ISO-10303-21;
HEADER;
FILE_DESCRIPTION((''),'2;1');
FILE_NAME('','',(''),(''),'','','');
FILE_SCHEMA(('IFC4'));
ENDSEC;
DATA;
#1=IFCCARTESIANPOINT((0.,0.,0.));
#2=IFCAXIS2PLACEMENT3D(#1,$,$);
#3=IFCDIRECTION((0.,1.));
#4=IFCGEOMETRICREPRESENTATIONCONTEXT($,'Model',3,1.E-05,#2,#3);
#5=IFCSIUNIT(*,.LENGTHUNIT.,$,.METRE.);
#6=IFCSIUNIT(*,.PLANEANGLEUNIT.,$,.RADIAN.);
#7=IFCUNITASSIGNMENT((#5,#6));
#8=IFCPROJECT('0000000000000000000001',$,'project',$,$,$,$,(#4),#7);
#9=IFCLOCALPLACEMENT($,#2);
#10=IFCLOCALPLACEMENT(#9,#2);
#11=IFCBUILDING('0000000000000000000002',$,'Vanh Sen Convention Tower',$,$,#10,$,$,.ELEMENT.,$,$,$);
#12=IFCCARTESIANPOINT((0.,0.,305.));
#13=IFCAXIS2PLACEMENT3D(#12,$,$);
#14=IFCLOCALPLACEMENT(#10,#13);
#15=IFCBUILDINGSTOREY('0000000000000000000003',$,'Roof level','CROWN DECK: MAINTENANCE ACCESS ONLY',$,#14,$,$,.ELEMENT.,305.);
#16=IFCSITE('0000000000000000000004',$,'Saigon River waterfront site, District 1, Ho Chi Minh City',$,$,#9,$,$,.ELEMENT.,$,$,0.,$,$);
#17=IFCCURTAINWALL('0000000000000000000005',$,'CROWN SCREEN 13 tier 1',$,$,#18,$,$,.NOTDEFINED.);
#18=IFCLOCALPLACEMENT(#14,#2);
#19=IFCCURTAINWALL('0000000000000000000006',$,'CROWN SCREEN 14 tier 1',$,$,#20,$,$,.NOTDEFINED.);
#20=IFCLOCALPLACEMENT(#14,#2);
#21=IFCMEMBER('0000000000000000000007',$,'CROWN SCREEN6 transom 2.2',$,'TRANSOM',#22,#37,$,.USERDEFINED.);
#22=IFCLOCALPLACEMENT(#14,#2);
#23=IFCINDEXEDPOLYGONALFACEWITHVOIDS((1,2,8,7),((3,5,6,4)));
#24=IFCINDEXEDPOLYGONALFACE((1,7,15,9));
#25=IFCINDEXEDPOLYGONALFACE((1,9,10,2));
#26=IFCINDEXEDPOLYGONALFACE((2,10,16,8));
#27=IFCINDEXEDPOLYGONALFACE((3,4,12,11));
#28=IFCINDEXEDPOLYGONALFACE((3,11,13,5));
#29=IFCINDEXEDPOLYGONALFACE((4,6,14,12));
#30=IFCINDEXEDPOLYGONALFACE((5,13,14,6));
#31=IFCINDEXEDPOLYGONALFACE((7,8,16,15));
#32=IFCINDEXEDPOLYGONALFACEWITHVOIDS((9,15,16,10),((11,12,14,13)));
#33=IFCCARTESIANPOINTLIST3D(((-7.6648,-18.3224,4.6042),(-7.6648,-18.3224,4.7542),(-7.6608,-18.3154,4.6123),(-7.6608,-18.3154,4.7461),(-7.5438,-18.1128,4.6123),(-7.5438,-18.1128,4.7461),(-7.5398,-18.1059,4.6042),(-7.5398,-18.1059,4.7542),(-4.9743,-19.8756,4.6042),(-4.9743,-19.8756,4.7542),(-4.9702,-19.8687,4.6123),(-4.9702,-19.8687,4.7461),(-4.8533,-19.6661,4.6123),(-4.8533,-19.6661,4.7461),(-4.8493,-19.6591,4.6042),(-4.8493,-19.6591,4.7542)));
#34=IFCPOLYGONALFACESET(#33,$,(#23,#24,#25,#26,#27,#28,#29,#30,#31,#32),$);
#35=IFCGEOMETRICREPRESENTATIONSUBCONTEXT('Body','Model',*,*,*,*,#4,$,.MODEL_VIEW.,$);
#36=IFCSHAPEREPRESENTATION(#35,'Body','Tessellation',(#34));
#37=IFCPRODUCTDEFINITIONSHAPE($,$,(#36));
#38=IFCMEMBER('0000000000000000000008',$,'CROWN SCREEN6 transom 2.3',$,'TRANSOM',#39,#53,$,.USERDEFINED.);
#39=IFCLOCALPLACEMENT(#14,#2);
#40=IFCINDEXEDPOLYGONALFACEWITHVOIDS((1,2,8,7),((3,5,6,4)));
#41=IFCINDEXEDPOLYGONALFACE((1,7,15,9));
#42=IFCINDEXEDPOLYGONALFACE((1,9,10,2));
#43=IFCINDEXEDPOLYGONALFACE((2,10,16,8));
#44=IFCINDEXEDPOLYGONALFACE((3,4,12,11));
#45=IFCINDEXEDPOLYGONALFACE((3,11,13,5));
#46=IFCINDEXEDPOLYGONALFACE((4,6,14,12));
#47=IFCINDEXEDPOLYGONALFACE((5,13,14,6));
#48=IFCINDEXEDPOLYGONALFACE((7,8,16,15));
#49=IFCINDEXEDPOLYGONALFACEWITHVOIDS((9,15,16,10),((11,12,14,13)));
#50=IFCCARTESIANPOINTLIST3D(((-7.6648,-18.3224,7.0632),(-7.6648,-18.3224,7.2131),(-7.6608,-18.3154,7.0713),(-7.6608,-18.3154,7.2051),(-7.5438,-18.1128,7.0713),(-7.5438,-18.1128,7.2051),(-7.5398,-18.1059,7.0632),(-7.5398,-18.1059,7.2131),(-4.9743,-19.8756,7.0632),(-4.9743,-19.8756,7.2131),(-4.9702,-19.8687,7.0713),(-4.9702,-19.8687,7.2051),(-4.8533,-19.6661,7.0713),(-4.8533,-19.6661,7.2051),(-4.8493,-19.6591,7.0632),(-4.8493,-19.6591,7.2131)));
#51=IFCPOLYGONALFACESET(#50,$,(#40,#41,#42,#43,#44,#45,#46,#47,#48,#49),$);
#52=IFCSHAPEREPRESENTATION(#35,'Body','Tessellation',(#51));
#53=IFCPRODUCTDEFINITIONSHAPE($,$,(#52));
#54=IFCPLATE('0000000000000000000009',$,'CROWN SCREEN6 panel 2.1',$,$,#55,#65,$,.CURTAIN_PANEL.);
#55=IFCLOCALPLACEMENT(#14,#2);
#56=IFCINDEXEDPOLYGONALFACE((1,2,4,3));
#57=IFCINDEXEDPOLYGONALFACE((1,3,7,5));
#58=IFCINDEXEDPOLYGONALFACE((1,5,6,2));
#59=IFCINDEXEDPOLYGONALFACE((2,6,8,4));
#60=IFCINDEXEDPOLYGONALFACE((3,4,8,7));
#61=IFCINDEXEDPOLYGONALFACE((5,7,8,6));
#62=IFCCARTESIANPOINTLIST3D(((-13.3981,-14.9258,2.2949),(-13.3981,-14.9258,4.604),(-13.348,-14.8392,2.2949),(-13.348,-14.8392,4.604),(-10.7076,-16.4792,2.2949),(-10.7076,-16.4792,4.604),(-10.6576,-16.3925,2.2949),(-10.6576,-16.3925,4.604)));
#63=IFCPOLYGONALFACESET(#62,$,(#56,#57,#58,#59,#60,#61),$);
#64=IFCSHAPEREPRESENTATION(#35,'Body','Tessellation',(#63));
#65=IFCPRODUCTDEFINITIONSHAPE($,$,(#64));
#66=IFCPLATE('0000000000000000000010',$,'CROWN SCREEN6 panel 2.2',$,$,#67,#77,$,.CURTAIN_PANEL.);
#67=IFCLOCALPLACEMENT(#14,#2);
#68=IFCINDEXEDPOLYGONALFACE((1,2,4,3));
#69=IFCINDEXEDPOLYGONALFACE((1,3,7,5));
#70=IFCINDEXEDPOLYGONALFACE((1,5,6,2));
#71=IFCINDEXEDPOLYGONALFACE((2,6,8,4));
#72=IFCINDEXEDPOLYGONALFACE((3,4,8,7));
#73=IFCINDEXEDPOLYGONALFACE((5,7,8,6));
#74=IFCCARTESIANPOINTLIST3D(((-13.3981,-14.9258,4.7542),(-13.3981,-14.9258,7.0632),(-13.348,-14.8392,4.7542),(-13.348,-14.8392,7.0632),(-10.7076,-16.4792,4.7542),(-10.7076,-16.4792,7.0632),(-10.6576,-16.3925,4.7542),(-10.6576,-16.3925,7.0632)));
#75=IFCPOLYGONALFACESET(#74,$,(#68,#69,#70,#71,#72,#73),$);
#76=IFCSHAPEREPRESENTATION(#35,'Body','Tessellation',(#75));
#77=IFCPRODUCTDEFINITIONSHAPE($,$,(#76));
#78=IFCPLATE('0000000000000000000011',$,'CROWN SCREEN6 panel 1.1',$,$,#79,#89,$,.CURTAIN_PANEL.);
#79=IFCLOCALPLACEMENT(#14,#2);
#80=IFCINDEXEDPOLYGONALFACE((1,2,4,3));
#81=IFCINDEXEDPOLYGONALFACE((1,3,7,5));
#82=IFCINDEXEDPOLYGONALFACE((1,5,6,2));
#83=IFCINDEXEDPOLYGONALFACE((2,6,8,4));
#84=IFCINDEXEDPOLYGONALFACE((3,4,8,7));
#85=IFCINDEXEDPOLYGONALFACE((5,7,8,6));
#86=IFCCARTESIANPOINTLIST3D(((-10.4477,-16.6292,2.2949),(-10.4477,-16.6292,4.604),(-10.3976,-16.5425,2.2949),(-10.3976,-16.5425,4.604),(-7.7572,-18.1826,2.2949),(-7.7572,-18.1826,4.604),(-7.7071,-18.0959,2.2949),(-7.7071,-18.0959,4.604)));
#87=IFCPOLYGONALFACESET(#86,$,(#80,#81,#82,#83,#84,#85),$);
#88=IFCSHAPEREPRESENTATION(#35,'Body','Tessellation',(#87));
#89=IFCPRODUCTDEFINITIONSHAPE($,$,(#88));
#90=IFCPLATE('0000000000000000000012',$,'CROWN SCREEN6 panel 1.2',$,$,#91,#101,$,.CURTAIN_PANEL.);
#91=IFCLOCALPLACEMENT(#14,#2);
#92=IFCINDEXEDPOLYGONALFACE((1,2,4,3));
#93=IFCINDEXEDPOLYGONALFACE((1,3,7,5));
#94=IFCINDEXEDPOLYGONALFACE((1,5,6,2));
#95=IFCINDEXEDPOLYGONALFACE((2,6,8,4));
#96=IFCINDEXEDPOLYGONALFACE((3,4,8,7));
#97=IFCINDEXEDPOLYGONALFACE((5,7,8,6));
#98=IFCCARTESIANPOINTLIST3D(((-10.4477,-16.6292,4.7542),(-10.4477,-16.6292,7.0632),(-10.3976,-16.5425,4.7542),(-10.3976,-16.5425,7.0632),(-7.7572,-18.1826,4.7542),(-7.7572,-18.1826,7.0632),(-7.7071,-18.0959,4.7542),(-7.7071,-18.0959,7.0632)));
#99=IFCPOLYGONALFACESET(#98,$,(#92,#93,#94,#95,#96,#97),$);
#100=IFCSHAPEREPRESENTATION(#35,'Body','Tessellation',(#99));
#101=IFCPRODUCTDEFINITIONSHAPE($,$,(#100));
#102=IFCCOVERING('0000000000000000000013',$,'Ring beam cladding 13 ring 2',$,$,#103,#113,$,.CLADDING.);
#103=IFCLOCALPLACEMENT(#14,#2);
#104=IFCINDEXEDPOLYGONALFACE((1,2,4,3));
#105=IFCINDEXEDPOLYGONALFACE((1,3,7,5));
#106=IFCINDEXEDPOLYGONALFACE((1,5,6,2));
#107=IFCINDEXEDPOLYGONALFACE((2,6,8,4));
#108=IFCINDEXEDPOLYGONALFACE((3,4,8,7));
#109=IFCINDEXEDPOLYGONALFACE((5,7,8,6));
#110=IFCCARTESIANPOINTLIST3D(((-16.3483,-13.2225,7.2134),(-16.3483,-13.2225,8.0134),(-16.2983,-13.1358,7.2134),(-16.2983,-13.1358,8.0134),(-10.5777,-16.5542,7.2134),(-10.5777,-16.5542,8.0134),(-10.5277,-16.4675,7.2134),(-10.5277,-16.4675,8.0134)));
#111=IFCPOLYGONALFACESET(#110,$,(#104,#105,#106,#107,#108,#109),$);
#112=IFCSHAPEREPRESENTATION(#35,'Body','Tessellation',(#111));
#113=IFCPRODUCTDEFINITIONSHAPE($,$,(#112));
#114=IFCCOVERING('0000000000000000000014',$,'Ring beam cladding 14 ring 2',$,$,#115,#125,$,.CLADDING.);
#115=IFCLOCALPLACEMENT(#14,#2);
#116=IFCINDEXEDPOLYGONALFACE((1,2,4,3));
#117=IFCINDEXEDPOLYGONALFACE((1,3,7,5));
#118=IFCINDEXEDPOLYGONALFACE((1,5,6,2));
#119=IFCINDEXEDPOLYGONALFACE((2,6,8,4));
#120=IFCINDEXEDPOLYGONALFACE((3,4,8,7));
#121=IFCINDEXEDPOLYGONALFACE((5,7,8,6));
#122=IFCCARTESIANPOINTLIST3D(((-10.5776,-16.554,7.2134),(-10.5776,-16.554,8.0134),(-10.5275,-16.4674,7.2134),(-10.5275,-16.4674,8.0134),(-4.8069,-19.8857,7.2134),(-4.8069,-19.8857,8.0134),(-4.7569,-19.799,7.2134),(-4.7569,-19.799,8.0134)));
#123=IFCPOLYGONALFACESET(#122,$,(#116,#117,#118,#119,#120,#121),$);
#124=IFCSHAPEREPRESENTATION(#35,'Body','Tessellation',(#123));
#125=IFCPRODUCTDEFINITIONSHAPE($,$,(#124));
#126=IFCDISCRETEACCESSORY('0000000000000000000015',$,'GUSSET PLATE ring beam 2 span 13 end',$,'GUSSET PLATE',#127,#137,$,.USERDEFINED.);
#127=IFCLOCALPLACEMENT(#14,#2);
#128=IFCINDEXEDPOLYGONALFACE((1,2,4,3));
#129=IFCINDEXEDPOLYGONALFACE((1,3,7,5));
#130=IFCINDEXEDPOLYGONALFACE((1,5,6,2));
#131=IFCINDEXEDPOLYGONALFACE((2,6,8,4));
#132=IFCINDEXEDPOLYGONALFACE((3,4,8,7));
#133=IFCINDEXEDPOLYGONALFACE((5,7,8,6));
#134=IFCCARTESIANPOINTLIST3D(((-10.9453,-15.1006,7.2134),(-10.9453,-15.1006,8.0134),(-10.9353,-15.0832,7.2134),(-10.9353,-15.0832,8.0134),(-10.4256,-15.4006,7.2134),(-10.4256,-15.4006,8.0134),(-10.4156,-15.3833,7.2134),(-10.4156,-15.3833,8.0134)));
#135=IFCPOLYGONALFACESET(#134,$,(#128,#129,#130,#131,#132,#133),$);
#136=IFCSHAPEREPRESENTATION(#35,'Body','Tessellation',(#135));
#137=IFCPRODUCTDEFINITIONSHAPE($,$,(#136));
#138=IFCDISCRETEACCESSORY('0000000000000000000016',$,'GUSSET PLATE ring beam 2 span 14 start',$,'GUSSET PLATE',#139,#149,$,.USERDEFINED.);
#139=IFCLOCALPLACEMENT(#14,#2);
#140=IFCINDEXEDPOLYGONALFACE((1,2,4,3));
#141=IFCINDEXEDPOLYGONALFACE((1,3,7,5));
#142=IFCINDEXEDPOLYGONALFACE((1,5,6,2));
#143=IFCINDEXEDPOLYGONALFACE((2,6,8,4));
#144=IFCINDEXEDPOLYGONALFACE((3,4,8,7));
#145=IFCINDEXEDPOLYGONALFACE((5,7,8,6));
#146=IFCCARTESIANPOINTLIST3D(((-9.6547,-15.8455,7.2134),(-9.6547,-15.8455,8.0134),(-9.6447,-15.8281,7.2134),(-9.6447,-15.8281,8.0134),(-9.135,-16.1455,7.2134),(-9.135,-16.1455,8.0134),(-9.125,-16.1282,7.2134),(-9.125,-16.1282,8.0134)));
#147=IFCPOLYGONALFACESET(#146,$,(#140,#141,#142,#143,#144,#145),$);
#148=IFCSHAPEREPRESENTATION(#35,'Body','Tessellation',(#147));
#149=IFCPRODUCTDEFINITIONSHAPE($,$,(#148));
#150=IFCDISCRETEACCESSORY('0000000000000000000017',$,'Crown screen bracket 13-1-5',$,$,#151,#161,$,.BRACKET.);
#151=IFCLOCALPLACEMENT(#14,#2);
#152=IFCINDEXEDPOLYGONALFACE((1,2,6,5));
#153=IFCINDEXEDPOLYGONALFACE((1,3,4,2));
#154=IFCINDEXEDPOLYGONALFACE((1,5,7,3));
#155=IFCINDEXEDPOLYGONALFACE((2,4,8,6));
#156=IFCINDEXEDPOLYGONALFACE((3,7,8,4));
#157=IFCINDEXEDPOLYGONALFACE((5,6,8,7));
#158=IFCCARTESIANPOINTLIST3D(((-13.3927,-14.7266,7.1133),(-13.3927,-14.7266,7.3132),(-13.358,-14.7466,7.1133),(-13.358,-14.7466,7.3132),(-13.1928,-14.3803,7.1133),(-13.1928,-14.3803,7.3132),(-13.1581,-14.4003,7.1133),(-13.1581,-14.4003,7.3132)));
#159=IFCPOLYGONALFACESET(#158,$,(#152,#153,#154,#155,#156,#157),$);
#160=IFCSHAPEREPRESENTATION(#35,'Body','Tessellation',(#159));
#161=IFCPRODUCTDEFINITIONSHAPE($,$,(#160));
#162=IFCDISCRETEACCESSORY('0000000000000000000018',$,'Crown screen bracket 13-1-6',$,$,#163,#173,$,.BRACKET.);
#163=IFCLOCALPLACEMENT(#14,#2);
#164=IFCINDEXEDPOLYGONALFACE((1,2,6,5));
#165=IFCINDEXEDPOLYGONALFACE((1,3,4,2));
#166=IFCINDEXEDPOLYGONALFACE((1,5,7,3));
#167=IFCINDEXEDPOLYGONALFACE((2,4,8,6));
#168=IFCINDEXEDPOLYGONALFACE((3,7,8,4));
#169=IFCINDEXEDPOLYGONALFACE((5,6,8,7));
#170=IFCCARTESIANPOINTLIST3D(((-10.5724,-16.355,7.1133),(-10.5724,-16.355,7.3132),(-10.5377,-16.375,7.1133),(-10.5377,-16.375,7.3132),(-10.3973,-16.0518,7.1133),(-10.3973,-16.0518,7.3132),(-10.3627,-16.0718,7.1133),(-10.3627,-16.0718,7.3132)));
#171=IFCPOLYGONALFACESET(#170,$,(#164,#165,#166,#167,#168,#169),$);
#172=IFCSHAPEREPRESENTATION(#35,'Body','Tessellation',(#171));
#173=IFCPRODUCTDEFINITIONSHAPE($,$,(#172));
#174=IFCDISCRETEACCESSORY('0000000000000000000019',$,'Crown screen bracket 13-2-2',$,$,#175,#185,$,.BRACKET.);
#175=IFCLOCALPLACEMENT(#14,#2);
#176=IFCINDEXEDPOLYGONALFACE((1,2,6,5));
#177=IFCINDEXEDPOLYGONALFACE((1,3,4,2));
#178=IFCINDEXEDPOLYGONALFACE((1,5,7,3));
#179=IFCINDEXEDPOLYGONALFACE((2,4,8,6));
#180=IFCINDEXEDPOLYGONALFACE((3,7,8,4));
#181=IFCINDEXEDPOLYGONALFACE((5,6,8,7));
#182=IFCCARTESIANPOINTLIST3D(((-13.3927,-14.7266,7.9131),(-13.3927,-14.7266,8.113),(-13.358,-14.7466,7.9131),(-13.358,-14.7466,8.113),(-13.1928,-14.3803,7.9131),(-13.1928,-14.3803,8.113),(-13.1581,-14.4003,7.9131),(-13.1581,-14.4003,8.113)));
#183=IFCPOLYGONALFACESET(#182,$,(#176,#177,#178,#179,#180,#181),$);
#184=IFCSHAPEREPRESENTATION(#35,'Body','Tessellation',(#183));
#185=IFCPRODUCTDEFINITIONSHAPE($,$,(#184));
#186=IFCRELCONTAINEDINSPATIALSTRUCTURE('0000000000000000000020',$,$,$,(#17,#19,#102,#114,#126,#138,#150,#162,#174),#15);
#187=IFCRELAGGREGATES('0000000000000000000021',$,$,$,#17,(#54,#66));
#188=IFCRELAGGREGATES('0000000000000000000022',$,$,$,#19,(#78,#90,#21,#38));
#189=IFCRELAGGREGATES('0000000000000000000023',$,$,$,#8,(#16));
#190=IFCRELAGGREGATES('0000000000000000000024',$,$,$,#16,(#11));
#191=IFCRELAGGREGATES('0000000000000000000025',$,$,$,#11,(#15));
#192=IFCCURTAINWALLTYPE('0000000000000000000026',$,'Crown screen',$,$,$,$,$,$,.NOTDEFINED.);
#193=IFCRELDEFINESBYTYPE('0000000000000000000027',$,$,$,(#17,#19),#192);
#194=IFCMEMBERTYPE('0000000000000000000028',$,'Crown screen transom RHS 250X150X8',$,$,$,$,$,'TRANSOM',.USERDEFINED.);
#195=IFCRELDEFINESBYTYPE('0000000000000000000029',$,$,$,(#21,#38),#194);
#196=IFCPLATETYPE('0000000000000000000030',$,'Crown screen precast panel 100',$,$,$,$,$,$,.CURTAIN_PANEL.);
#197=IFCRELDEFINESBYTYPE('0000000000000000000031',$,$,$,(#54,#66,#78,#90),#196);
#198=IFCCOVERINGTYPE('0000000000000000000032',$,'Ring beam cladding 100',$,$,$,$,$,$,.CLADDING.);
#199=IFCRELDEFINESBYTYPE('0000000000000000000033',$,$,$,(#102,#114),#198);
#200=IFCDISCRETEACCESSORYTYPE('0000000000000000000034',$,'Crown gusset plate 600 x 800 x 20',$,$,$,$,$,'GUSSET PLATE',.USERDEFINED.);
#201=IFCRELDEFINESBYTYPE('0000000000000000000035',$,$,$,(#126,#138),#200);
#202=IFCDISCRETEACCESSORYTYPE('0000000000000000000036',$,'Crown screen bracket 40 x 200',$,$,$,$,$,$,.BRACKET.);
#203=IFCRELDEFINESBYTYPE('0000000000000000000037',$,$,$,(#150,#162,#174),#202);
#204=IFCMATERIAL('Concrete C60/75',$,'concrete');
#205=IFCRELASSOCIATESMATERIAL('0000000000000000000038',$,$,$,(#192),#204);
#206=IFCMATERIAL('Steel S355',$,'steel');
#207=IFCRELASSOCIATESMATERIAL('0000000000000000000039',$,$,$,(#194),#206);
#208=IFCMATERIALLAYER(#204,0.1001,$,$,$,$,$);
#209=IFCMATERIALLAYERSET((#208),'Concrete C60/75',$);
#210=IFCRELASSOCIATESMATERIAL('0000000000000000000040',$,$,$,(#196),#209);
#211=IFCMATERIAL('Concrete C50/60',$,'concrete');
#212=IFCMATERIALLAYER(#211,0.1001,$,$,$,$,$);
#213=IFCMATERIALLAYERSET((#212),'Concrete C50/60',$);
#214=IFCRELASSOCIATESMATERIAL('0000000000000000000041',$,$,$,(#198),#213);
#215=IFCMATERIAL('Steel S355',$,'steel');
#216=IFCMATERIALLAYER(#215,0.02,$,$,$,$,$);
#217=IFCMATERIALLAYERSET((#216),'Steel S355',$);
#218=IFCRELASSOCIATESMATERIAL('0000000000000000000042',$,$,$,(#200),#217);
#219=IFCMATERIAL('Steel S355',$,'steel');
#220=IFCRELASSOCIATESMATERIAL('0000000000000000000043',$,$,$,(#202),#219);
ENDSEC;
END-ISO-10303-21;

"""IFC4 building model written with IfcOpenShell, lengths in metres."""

from ifc_helpers import new_model, si_unit, direction, frame, origin, origin_2d, place, context, subcontext, project, spatial, rectangle, hollow_rectangle, extrude, material, layer, layer_set, material_profile, profile_set, type_object, element, aggregate, save


model = new_model("IFC4")

# Units and contexts
model_context = context("Model", 3, precision=1e-05, world=origin(), true_north=direction((0.0, 1.0)))
body_context = subcontext(model_context, "Body", "Model", "MODEL_VIEW")
ifc_project = project(units=[si_unit("LENGTHUNIT", "METRE"), si_unit("PLANEANGLEUNIT", "RADIAN")], contexts=[model_context])

# Site, building, storey
site_placement = place(None, origin())
site = spatial("IfcSite", under=ifc_project, at=site_placement, Name="Saigon River waterfront site, District 1, Ho Chi Minh City", CompositionType="ELEMENT", RefElevation=0.0)
building_placement = place(site_placement, origin())
building = spatial("IfcBuilding", under=site, at=building_placement, Name="Vanh Sen Convention Tower", CompositionType="ELEMENT")
storey_placement = place(building_placement, frame((0.0, 0.0, 305.0)))
storey = spatial("IfcBuildingStorey", under=building, at=storey_placement, Name="Roof level", Description="CROWN DECK: MAINTENANCE ACCESS ONLY", CompositionType="ELEMENT", Elevation=305.0)

# Curtain walls, members
ifc_material_1 = material(Name="Concrete C60/75", Category="concrete")
curtain_wall_type = type_object("IfcCurtainWallType", Name="Crown screen", PredefinedType="NOTDEFINED", material=ifc_material_1)
ifc_material_2 = material(Name="Steel S355", Category="steel")
curtain_wall_1_placement = place(storey_placement, origin())
curtain_wall_1 = element("IfcCurtainWall", 1, at=curtain_wall_1_placement, inside=storey, type_object=curtain_wall_type, Name="CROWN SCREEN 13 tier 1", PredefinedType="NOTDEFINED")
ifc_material_profile_1 = material_profile(ifc_material_2, hollow_rectangle(XDim=0.25, YDim=0.1499, WallThickness=0.0081, at=origin_2d()), Name="RHS 250X150X8")
ifc_profile_set_1 = profile_set([ifc_material_profile_1], Name="Steel S355")
member_type_1 = type_object("IfcMemberType", Name="Crown screen transom RHS 250X150X8", ElementType="TRANSOM", PredefinedType="USERDEFINED", material=ifc_profile_set_1)
curtain_wall_2_placement = place(storey_placement, origin())
curtain_wall_2 = element("IfcCurtainWall", 2, at=curtain_wall_2_placement, inside=storey, type_object=curtain_wall_type, Name="CROWN SCREEN 14 tier 1", PredefinedType="NOTDEFINED")
member_1_placement = place(storey_placement, frame((-7.6023, -18.2141, 4.6792), z_axis=(0.866039, -0.499976, 0.0), x_axis=(0.499976, 0.866039, 0.0)))
member_1 = element("IfcMember", 3, at=member_1_placement, type_object=member_type_1, Name="CROWN SCREEN6 transom 2.2", ObjectType="TRANSOM", PredefinedType="USERDEFINED", context=body_context, shape_type="SweptSolid", body=[
    extrude(hollow_rectangle(XDim=0.25, YDim=0.1499, WallThickness=0.0081, at=origin_2d()), origin(), (0.0, 0.0, 1.0), 3.1067),
])
member_2_placement = place(storey_placement, frame((-7.6023, -18.2141, 7.1382), z_axis=(0.866039, -0.499976, 0.0), x_axis=(0.499976, 0.866039, 0.0)))
member_2 = element("IfcMember", 4, at=member_2_placement, type_object=member_type_1, Name="CROWN SCREEN6 transom 2.3", ObjectType="TRANSOM", PredefinedType="USERDEFINED", context=body_context, shape_type="SweptSolid", body=[
    extrude(hollow_rectangle(XDim=0.25, YDim=0.1499, WallThickness=0.0081, at=origin_2d()), origin(), (0.0, 0.0, 1.0), 3.1067),
])

# Plates
ifc_layer_1 = layer(ifc_material_1, 0.1001)
ifc_layer_set_1 = layer_set([ifc_layer_1], Name="Concrete C60/75")
plate_type = type_object("IfcPlateType", Name="Crown screen precast panel 100", PredefinedType="CURTAIN_PANEL", material=ifc_layer_set_1)
plate_1_placement = place(storey_placement, frame((-12.0278, -15.6592, 2.2949), z_axis=(0.0, 0.0, 1.0), x_axis=(0.866023, -0.500005, 0.0)))
plate_1 = element("IfcPlate", 5, at=plate_1_placement, type_object=plate_type, Name="CROWN SCREEN6 panel 2.1", PredefinedType="CURTAIN_PANEL", context=body_context, shape_type="SweptSolid", body=[
    extrude(rectangle(XDim=3.1067, YDim=0.1001, at=origin_2d()), origin(), (0.0, 0.0, 1.0), 2.3091),
])
plate_2_placement = place(storey_placement, frame((-12.0278, -15.6592, 4.7542), z_axis=(0.0, 0.0, 1.0), x_axis=(0.866023, -0.500005, 0.0)))
plate_2 = element("IfcPlate", 6, at=plate_2_placement, type_object=plate_type, Name="CROWN SCREEN6 panel 2.2", PredefinedType="CURTAIN_PANEL", context=body_context, shape_type="SweptSolid", body=[
    extrude(rectangle(XDim=3.1067, YDim=0.1001, at=origin_2d()), origin(), (0.0, 0.0, 1.0), 2.3091),
])
aggregate(curtain_wall_1, [plate_1, plate_2])
plate_3_placement = place(storey_placement, frame((-9.0774, -17.3625, 2.2949), z_axis=(0.0, 0.0, 1.0), x_axis=(0.866029, -0.499994, 0.0)))
plate_3 = element("IfcPlate", 7, at=plate_3_placement, type_object=plate_type, Name="CROWN SCREEN6 panel 1.1", PredefinedType="CURTAIN_PANEL", context=body_context, shape_type="SweptSolid", body=[
    extrude(rectangle(XDim=3.1067, YDim=0.1001, at=origin_2d()), origin(), (0.0, 0.0, 1.0), 2.3091),
])
plate_4_placement = place(storey_placement, frame((-9.0774, -17.3625, 4.7542), z_axis=(0.0, 0.0, 1.0), x_axis=(0.866029, -0.499994, 0.0)))
plate_4 = element("IfcPlate", 8, at=plate_4_placement, type_object=plate_type, Name="CROWN SCREEN6 panel 1.2", PredefinedType="CURTAIN_PANEL", context=body_context, shape_type="SweptSolid", body=[
    extrude(rectangle(XDim=3.1067, YDim=0.1001, at=origin_2d()), origin(), (0.0, 0.0, 1.0), 2.3091),
])
aggregate(curtain_wall_2, [plate_3, plate_4, member_1, member_2])

# Coverings
ifc_material_3 = material(Name="Concrete C50/60", Category="concrete")
ifc_layer_2 = layer(ifc_material_3, 0.1001)
ifc_layer_set_2 = layer_set([ifc_layer_2], Name="Concrete C50/60")
covering_type = type_object("IfcCoveringType", Name="Ring beam cladding 100", PredefinedType="CLADDING", material=ifc_layer_set_2)
for number, where, z_axis, x_axis, name in (
    (9, (-13.438, -14.845, 7.2134), (0.0, 0.0, 1.0), (0.866023, -0.500005, 0.0), "Ring beam cladding 13 ring 2"),
    (10, (-7.6672, -18.1765, 7.2134), (0.0, 0.0, 1.0), (0.866029, -0.499994, 0.0), "Ring beam cladding 14 ring 2"),
):
    element("IfcCovering", number, at=place(storey_placement, frame(where, z_axis=z_axis, x_axis=x_axis)), inside=storey, type_object=covering_type, Name=name, PredefinedType="CLADDING", context=body_context, shape_type="SweptSolid", body=[
        extrude(rectangle(XDim=6.6633, YDim=0.1001, at=origin_2d()), origin(), (0.0, 0.0, 1.0), 0.8),
    ])

# Discrete accessories
ifc_material_4 = material(Name="Steel S355", Category="steel")
ifc_layer_3 = layer(ifc_material_4, 0.02)
ifc_layer_set_3 = layer_set([ifc_layer_3], Name="Steel S355")
discrete_accessory_type_1 = type_object("IfcDiscreteAccessoryType", Name="Crown gusset plate 600 x 800 x 20", ElementType="GUSSET PLATE", PredefinedType="USERDEFINED", material=ifc_layer_set_3)
for number, where, z_axis, x_axis, name in (
    (11, (-10.6804, -15.2419, 7.2134), (0.0, 0.0, 1.0), (-0.866023, 0.500005, 0.0), "GUSSET PLATE ring beam 2 span 13 end"),
    (12, (-9.3899, -15.9868, 7.2134), (0.0, 0.0, 1.0), (0.866029, -0.499994, 0.0), "GUSSET PLATE ring beam 2 span 14 start"),
):
    element("IfcDiscreteAccessory", number, at=place(storey_placement, frame(where, z_axis=z_axis, x_axis=x_axis)), inside=storey, type_object=discrete_accessory_type_1, Name=name, ObjectType="GUSSET PLATE", PredefinedType="USERDEFINED", context=body_context, shape_type="SweptSolid", body=[
        extrude(rectangle(XDim=0.6001, YDim=0.02, at=origin_2d()), origin(), (0.0, 0.0, 1.0), 0.8),
    ])
ifc_material_5 = material(Name="Steel S355", Category="steel")
discrete_accessory_type_2 = type_object("IfcDiscreteAccessoryType", Name="Crown screen bracket 40 x 200", PredefinedType="BRACKET", material=ifc_material_5)
discrete_accessory_1_placement = place(storey_placement, frame((-13.2754, -14.5635, 7.1133), z_axis=(0.0, 0.0, 1.0), x_axis=(-0.500005, -0.866023, 0.0)))
element("IfcDiscreteAccessory", 13, at=discrete_accessory_1_placement, inside=storey, type_object=discrete_accessory_type_2, Name="Crown screen bracket 13-1-5", PredefinedType="BRACKET", context=body_context, shape_type="SweptSolid", body=[
    extrude(rectangle(XDim=0.3999, YDim=0.04, at=origin_2d()), origin(), (0.0, 0.0, 1.0), 0.2),
])
discrete_accessory_2_placement = place(storey_placement, frame((-10.4675, -16.2134, 7.1133), z_axis=(0.0, 0.0, 1.0), x_axis=(-0.500005, -0.866023, 0.0)))
element("IfcDiscreteAccessory", 14, at=discrete_accessory_2_placement, inside=storey, type_object=discrete_accessory_type_2, Name="Crown screen bracket 13-1-6", PredefinedType="BRACKET", context=body_context, shape_type="SweptSolid", body=[
    extrude(rectangle(XDim=0.3501, YDim=0.04, at=origin_2d()), origin(), (0.0, 0.0, 1.0), 0.2),
])
discrete_accessory_3_placement = place(storey_placement, frame((-13.2754, -14.5635, 7.9131), z_axis=(0.0, 0.0, 1.0), x_axis=(-0.500005, -0.866023, 0.0)))
element("IfcDiscreteAccessory", 15, at=discrete_accessory_3_placement, inside=storey, type_object=discrete_accessory_type_2, Name="Crown screen bracket 13-2-2", PredefinedType="BRACKET", context=body_context, shape_type="SweptSolid", body=[
    extrude(rectangle(XDim=0.3999, YDim=0.04, at=origin_2d()), origin(), (0.0, 0.0, 1.0), 0.2),
])

save(model, "model.ifc")
